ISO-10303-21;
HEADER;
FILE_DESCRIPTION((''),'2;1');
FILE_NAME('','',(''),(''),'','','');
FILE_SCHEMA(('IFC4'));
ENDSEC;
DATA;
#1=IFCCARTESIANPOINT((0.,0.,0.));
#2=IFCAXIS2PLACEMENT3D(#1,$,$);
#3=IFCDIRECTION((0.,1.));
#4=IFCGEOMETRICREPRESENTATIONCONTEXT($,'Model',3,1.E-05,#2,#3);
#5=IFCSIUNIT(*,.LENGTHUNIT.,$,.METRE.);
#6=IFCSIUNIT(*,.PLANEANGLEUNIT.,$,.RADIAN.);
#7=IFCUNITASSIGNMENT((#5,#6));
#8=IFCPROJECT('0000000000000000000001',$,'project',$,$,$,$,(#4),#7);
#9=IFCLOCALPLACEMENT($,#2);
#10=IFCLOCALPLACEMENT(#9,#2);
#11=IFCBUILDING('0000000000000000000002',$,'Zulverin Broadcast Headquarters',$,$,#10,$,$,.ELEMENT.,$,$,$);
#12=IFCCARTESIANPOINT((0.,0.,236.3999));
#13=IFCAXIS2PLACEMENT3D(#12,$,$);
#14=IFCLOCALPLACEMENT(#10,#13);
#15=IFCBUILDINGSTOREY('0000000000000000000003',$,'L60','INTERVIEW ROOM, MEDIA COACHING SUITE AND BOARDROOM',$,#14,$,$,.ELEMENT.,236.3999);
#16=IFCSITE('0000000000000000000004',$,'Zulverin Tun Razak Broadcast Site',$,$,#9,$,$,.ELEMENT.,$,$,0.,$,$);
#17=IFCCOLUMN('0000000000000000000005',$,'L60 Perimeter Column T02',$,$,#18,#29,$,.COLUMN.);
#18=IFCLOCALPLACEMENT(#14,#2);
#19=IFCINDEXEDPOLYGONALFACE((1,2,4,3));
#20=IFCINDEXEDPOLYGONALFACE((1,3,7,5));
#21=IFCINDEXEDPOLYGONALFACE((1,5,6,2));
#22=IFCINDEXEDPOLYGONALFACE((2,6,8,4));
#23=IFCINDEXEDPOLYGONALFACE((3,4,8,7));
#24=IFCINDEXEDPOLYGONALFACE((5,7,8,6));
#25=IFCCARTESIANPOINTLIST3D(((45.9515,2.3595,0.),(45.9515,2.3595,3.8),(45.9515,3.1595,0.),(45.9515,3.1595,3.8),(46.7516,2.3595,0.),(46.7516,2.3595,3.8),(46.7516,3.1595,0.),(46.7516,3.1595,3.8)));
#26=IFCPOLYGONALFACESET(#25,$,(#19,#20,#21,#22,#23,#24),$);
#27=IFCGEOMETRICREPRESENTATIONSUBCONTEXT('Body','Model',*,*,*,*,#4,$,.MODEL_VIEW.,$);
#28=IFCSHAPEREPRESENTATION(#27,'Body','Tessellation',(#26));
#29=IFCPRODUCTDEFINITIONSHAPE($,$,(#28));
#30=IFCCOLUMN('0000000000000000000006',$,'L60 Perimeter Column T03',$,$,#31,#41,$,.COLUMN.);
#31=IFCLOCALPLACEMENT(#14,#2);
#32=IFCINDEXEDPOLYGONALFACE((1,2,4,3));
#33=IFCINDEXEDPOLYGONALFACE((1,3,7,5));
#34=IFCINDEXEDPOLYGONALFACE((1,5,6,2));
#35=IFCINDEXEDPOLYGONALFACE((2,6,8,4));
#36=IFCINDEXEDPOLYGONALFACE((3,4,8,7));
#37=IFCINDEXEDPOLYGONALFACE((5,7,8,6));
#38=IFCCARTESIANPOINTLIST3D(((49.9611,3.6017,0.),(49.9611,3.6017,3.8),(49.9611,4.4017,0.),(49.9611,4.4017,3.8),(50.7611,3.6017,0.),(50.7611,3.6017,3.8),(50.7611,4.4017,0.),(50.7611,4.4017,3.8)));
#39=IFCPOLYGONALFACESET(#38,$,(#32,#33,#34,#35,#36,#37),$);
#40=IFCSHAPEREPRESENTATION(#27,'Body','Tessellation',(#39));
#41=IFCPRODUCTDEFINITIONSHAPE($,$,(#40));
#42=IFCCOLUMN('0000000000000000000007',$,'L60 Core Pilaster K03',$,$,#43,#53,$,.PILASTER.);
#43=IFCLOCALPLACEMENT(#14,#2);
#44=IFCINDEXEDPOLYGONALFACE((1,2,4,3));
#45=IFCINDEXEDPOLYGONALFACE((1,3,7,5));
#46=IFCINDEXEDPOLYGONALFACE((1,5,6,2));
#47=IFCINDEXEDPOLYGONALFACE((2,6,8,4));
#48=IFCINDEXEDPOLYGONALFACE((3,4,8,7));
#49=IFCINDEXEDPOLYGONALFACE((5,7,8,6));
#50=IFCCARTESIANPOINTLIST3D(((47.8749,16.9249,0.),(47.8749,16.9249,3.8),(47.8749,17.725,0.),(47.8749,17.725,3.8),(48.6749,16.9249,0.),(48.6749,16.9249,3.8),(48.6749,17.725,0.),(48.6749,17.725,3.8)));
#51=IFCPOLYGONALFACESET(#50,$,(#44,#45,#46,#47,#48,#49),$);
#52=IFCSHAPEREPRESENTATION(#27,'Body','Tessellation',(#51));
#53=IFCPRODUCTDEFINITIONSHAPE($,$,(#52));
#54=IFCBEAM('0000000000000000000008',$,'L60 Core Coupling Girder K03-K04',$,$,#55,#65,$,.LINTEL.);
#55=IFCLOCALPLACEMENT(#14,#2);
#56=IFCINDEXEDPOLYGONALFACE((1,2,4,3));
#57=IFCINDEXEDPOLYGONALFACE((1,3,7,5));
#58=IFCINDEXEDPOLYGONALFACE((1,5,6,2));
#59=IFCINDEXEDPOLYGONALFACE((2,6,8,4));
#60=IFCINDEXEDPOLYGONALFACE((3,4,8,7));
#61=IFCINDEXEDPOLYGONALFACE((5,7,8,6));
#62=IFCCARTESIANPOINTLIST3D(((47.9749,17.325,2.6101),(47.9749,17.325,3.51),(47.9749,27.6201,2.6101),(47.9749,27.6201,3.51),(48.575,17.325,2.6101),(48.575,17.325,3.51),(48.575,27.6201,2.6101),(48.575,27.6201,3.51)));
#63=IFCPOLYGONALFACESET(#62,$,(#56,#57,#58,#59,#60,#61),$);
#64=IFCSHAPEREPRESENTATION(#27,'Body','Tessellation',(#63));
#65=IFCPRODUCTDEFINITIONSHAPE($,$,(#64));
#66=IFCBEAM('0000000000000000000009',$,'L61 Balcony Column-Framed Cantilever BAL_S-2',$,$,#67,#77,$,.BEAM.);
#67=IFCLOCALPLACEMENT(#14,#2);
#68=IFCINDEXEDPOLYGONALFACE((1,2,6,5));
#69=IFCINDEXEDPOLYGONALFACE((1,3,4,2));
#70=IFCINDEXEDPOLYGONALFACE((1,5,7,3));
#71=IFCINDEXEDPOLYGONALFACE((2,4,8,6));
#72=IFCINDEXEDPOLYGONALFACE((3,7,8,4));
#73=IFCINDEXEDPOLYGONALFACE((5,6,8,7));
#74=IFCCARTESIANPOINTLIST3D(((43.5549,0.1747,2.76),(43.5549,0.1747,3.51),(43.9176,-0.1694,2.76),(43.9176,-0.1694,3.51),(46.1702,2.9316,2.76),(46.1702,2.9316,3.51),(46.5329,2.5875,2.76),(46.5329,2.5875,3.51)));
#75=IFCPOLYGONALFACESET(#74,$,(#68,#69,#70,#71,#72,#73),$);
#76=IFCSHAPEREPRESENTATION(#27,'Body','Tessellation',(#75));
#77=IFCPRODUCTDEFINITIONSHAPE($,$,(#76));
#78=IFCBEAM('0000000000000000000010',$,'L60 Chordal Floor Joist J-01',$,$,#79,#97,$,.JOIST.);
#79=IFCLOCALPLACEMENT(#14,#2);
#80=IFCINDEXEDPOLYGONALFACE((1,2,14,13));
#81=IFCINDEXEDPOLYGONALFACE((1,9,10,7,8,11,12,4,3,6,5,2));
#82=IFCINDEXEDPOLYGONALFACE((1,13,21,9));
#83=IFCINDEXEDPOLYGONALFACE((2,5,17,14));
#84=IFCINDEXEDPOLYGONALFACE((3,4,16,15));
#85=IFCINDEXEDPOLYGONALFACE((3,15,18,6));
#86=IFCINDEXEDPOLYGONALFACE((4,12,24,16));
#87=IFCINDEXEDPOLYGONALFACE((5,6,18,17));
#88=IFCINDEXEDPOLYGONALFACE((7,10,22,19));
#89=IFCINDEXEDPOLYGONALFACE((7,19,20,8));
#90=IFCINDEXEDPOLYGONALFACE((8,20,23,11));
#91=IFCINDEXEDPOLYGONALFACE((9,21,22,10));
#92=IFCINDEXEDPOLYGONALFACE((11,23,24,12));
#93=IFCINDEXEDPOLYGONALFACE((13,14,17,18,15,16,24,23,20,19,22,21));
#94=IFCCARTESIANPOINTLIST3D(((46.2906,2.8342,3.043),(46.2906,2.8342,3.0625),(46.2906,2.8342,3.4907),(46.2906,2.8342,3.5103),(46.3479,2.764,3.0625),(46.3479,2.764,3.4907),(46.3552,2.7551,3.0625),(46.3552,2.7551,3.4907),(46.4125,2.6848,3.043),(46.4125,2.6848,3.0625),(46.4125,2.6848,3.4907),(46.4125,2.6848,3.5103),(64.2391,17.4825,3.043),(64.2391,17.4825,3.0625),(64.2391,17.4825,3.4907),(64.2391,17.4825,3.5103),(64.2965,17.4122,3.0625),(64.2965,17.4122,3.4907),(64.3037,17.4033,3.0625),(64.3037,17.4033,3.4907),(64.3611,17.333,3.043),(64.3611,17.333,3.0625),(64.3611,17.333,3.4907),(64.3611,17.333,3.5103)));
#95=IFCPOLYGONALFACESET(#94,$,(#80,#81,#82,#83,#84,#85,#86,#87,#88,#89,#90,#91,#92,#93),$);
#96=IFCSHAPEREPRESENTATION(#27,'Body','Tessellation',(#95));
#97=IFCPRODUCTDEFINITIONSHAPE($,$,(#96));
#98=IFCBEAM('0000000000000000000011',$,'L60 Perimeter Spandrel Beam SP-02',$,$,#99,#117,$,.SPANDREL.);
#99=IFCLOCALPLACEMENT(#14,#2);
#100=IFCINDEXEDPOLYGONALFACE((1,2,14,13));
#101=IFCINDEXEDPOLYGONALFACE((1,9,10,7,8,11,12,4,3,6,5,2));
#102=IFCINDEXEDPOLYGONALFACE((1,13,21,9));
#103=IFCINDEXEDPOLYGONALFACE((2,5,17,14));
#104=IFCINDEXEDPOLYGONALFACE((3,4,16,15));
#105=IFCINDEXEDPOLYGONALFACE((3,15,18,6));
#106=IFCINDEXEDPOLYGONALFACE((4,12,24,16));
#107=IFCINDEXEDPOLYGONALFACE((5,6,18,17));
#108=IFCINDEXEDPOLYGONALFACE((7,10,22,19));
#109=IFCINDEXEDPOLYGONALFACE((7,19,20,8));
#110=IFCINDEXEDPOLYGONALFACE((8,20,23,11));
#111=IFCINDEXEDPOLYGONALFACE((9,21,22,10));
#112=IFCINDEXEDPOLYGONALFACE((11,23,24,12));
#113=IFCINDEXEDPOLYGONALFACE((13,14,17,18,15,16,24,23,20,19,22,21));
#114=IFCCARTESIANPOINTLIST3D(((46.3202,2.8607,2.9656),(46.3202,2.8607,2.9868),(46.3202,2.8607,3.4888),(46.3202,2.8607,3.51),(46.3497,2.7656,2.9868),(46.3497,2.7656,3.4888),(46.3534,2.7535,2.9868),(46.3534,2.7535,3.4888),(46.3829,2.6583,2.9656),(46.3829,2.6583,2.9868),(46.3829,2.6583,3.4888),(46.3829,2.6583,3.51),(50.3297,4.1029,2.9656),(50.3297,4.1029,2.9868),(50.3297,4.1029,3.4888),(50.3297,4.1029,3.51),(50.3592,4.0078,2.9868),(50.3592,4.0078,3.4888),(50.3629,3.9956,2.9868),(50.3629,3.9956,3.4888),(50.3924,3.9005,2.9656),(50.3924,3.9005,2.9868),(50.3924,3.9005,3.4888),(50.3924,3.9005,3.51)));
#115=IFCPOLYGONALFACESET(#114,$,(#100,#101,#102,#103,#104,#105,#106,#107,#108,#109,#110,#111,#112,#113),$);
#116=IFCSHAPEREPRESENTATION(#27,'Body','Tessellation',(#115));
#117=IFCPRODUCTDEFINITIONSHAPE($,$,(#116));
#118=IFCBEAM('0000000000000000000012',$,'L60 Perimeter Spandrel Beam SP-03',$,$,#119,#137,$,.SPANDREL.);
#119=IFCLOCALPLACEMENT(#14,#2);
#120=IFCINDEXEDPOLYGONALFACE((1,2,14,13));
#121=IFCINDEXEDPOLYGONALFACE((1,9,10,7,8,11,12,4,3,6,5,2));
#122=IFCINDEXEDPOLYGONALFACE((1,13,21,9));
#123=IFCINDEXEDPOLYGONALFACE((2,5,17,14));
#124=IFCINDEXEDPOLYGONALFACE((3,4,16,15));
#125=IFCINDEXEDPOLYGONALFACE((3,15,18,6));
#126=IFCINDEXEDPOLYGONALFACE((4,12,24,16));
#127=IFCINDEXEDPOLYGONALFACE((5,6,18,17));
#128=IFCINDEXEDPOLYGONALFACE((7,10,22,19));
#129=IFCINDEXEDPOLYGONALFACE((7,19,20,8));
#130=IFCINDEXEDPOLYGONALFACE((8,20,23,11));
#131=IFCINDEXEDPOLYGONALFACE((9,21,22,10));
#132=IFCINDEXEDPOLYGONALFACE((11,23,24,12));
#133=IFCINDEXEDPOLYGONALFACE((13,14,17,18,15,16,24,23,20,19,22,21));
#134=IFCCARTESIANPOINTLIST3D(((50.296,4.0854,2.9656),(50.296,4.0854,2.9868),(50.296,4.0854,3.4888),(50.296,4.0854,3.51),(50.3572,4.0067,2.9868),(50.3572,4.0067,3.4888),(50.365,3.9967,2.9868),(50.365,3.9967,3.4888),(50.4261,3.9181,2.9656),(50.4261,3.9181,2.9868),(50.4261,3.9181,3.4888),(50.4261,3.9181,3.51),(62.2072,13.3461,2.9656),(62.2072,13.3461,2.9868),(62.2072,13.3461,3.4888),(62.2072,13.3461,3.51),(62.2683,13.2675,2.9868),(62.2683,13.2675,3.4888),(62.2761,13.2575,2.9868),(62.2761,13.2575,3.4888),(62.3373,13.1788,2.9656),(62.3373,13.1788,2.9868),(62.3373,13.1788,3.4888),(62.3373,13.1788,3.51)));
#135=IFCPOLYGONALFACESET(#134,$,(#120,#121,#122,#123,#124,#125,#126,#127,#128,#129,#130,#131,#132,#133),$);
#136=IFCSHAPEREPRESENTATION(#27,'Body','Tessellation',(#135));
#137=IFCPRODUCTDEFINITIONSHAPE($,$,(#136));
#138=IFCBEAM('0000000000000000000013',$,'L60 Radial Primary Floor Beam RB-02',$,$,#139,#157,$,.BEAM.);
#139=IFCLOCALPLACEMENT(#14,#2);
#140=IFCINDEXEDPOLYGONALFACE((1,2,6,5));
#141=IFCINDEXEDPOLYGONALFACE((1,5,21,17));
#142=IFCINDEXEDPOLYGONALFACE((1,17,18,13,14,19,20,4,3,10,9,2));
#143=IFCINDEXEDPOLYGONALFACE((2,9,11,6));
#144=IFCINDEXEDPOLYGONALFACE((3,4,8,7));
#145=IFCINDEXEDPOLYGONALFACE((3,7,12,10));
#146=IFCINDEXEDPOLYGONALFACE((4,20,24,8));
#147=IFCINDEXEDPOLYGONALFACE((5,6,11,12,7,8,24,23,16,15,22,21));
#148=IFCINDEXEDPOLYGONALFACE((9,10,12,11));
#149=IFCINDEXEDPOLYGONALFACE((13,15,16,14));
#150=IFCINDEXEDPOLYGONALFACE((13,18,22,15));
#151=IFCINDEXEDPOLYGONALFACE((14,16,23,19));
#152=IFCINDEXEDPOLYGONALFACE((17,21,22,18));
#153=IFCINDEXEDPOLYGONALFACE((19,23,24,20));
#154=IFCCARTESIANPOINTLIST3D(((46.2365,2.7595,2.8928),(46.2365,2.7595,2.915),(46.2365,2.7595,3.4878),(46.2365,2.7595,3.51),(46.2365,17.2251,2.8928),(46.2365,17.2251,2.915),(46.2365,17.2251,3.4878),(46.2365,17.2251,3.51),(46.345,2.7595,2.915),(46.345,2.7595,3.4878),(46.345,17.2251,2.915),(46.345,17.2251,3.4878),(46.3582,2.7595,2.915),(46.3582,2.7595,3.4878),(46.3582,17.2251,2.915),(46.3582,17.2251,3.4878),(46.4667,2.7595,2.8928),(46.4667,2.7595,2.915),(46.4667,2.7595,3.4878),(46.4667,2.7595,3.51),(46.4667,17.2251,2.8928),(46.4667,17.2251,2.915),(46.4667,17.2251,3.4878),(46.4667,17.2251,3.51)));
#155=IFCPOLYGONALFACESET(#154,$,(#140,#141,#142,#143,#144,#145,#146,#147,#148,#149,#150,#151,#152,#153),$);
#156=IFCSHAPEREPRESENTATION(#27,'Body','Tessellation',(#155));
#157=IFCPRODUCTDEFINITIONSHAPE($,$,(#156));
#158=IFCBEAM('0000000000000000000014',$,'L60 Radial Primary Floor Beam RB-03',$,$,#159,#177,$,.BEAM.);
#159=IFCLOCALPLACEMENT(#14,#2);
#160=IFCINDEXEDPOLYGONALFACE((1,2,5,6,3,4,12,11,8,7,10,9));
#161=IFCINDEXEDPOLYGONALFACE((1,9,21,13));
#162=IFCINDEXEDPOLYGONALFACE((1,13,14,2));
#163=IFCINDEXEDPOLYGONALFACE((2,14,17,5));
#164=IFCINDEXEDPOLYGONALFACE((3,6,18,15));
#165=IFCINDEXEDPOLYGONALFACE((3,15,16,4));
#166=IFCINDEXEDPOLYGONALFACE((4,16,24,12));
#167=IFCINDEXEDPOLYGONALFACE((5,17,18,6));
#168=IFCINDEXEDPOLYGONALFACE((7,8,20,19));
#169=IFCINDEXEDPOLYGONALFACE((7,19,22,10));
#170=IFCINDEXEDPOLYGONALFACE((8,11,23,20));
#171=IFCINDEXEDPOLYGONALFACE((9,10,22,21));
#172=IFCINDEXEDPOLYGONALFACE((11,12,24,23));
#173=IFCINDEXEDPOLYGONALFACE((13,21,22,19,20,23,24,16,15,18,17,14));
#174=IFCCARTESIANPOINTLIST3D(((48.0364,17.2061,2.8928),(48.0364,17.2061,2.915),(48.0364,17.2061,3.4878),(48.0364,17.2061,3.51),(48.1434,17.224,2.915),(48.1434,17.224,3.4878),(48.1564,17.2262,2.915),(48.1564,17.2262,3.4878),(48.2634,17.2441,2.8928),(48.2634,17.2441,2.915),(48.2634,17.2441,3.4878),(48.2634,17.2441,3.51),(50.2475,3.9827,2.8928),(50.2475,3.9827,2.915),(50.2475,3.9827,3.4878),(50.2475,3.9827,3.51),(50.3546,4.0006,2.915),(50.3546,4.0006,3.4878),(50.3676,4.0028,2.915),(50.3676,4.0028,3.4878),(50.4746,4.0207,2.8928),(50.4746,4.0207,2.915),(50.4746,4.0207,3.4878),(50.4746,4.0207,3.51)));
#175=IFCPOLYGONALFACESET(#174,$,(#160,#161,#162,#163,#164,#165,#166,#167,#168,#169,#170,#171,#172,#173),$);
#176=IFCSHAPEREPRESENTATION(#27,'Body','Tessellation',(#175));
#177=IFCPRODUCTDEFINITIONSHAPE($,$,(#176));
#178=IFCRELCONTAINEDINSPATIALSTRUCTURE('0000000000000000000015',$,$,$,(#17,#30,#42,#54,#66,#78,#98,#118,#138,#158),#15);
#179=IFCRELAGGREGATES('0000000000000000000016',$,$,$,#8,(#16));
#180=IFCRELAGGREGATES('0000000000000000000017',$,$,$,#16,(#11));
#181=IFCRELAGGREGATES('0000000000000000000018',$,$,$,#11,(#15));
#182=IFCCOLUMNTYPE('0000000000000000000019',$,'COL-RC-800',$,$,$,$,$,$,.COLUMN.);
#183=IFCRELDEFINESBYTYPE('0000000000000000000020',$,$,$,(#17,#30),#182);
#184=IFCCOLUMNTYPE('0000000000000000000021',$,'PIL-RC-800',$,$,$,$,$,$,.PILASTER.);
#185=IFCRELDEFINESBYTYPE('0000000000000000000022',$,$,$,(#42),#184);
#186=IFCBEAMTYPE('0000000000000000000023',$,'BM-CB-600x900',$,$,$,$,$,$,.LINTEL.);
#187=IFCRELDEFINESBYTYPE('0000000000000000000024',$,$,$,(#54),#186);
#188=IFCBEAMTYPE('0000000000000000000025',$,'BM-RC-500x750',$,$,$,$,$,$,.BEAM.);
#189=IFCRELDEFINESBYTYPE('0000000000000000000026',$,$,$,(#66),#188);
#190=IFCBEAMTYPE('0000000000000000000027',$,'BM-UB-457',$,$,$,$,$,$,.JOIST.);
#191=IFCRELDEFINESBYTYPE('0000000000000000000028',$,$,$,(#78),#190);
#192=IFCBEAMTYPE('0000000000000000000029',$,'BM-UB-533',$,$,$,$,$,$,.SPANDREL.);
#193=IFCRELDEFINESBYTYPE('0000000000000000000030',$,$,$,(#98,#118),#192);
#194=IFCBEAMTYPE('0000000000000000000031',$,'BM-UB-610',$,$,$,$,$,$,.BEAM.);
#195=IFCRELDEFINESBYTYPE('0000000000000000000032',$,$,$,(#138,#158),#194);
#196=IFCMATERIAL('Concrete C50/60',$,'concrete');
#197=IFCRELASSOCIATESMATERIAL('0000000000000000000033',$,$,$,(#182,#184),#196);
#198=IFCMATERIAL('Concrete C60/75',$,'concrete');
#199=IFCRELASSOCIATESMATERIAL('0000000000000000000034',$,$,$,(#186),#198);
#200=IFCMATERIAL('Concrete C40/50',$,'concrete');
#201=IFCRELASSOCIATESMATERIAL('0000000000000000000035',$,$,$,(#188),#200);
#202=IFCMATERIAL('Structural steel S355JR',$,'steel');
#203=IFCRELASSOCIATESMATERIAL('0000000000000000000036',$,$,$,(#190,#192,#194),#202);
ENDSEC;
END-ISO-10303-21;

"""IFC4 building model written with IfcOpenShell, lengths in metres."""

from ifc_helpers import new_model, si_unit, direction, frame, origin, origin_2d, place, context, subcontext, project, spatial, rectangle, i_section, extrude, material, material_profile, profile_set, type_object, element, save


model = new_model("IFC4")

# Units and contexts
model_context = context("Model", 3, precision=1e-05, world=origin(), true_north=direction((0.0, 1.0)))
body_context = subcontext(model_context, "Body", "Model", "MODEL_VIEW")
ifc_project = project(units=[si_unit("LENGTHUNIT", "METRE"), si_unit("PLANEANGLEUNIT", "RADIAN")], contexts=[model_context])

# Site, building, storey
site_placement = place(None, origin())
site = spatial("IfcSite", under=ifc_project, at=site_placement, Name="Zulverin Tun Razak Broadcast Site", CompositionType="ELEMENT", RefElevation=0.0)
building_placement = place(site_placement, origin())
building = spatial("IfcBuilding", under=site, at=building_placement, Name="Zulverin Broadcast Headquarters", CompositionType="ELEMENT")
storey_placement = place(building_placement, frame((0.0, 0.0, 236.3999)))
storey = spatial("IfcBuildingStorey", under=building, at=storey_placement, Name="L60", Description="INTERVIEW ROOM, MEDIA COACHING SUITE AND BOARDROOM", CompositionType="ELEMENT", Elevation=236.3999)

# Columns
ifc_material_1 = material(Name="Concrete C50/60", Category="concrete")
ifc_material_profile_1 = material_profile(ifc_material_1, rectangle(XDim=0.8, YDim=0.8, at=origin_2d()), Name="Concrete C50/60", Category="concrete")
ifc_profile_set_1 = profile_set([ifc_material_profile_1], Name="Concrete C50/60")
column_type_1 = type_object("IfcColumnType", Name="COL-RC-800", PredefinedType="COLUMN", material=ifc_profile_set_1)
for number, where, z_axis, x_axis, name in (
    (1, (46.3516, 2.7595, 0.0), (0.0, 0.0, 1.0), (1.0, 0.0, 0.0), "L60 Perimeter Column T02"),
    (2, (50.3611, 4.0017, 0.0), (0.0, 0.0, 1.0), (1.0, 0.0, 0.0), "L60 Perimeter Column T03"),
):
    element("IfcColumn", number, at=place(storey_placement, frame(where, z_axis=z_axis, x_axis=x_axis)), inside=storey, type_object=column_type_1, Name=name, PredefinedType="COLUMN", context=body_context, shape_type="SweptSolid", body=[
        extrude(rectangle(XDim=0.8, YDim=0.8, at=origin_2d()), origin(), (0.0, 0.0, 1.0), 3.8),
    ])
ifc_material_profile_2 = material_profile(ifc_material_1, rectangle(XDim=0.8, YDim=0.8, at=origin_2d()), Name="Concrete C50/60", Category="concrete")
ifc_profile_set_2 = profile_set([ifc_material_profile_2], Name="Concrete C50/60")
column_type_2 = type_object("IfcColumnType", Name="PIL-RC-800", PredefinedType="PILASTER", material=ifc_profile_set_2)
column_placement = place(storey_placement, frame((48.2749, 17.325, 0.0), z_axis=(0.0, 0.0, 1.0), x_axis=(1.0, 0.0, 0.0)))
element("IfcColumn", 3, at=column_placement, inside=storey, type_object=column_type_2, Name="L60 Core Pilaster K03", PredefinedType="PILASTER", context=body_context, shape_type="SweptSolid", body=[
    extrude(rectangle(XDim=0.8, YDim=0.8, at=origin_2d()), origin(), (0.0, 0.0, 1.0), 3.8),
])

# Beams
ifc_material_2 = material(Name="Concrete C60/75", Category="concrete")
ifc_material_profile_3 = material_profile(ifc_material_2, rectangle(XDim=0.6001, YDim=0.8999, at=origin_2d()), Name="Concrete C60/75", Category="concrete")
ifc_profile_set_3 = profile_set([ifc_material_profile_3], Name="Concrete C60/75")
beam_type_1 = type_object("IfcBeamType", Name="BM-CB-600x900", PredefinedType="LINTEL", material=ifc_profile_set_3)
beam_1_placement = place(storey_placement, frame((48.2749, 17.325, 3.0601), z_axis=(0.0, 1.0, 0.0), x_axis=(-1.0, 0.0, 0.0)))
element("IfcBeam", 4, at=beam_1_placement, inside=storey, type_object=beam_type_1, Name="L60 Core Coupling Girder K03-K04", PredefinedType="LINTEL", context=body_context, shape_type="SweptSolid", body=[
    extrude(rectangle(XDim=0.6001, YDim=0.8999, at=origin_2d()), origin(), (0.0, 0.0, 1.0), 10.2952),
])
ifc_material_3 = material(Name="Concrete C40/50", Category="concrete")
ifc_material_profile_4 = material_profile(ifc_material_3, rectangle(XDim=0.5, YDim=0.75, at=origin_2d()), Name="Concrete C40/50", Category="concrete")
ifc_profile_set_4 = profile_set([ifc_material_profile_4], Name="Concrete C40/50")
beam_type_2 = type_object("IfcBeamType", Name="BM-RC-500x750", PredefinedType="BEAM", material=ifc_profile_set_4)
beam_2_placement = place(storey_placement, frame((46.3516, 2.7595, 3.135), z_axis=(-0.688229, -0.725493, 0.0), x_axis=(0.725493, -0.688229, 0.0)))
element("IfcBeam", 5, at=beam_2_placement, inside=storey, type_object=beam_type_2, Name="L61 Balcony Column-Framed Cantilever BAL_S-2", PredefinedType="BEAM", context=body_context, shape_type="SweptSolid", body=[
    extrude(rectangle(XDim=0.5, YDim=0.75, at=origin_2d()), origin(), (0.0, 0.0, 1.0), 3.8),
])
ifc_material_4 = material(Name="Structural steel S355JR", Category="steel")
ifc_material_profile_5 = material_profile(ifc_material_4, i_section(OverallWidth=0.1929, OverallDepth=0.4673, WebThickness=0.0115, FlangeThickness=0.0195, at=origin_2d()), Name="Structural steel S355JR", Category="steel")
ifc_profile_set_5 = profile_set([ifc_material_profile_5], Name="Structural steel S355JR")
beam_type_3 = type_object("IfcBeamType", Name="BM-UB-457", PredefinedType="JOIST", material=ifc_profile_set_5)
beam_3_placement = place(storey_placement, frame((46.3516, 2.7595, 3.2766), z_axis=(0.774738, 0.632282, 0.0), x_axis=(-0.632282, 0.774738, 0.0)))
element("IfcBeam", 6, at=beam_3_placement, inside=storey, type_object=beam_type_3, Name="L60 Chordal Floor Joist J-01", PredefinedType="JOIST", context=body_context, shape_type="SweptSolid", body=[
    extrude(i_section(OverallWidth=0.1929, OverallDepth=0.4673, WebThickness=0.0115, FlangeThickness=0.0195, at=origin_2d()), origin(), (0.0, 0.0, 1.0), 23.1672),
])
ifc_material_profile_6 = material_profile(ifc_material_4, i_section(OverallWidth=0.2119, OverallDepth=0.5444, WebThickness=0.0127, FlangeThickness=0.0212, at=origin_2d()), Name="Structural steel S355JR", Category="steel")
ifc_profile_set_6 = profile_set([ifc_material_profile_6], Name="Structural steel S355JR")
beam_type_4 = type_object("IfcBeamType", Name="BM-UB-533", PredefinedType="SPANDREL", material=ifc_profile_set_6)
beam_4_placement = place(storey_placement, frame((46.3516, 2.7595, 3.2378), z_axis=(0.955209, 0.295933, 0.0), x_axis=(-0.295933, 0.955209, 0.0)))
element("IfcBeam", 7, at=beam_4_placement, inside=storey, type_object=beam_type_4, Name="L60 Perimeter Spandrel Beam SP-02", PredefinedType="SPANDREL", context=body_context, shape_type="SweptSolid", body=[
    extrude(i_section(OverallWidth=0.2119, OverallDepth=0.5444, WebThickness=0.0127, FlangeThickness=0.0212, at=origin_2d()), origin(), (0.0, 0.0, 1.0), 4.1975),
])
beam_5_placement = place(storey_placement, frame((50.3611, 4.0017, 3.2378), z_axis=(0.789464, 0.613797, 0.0), x_axis=(-0.613797, 0.789464, 0.0)))
element("IfcBeam", 8, at=beam_5_placement, inside=storey, type_object=beam_type_4, Name="L60 Perimeter Spandrel Beam SP-03", PredefinedType="SPANDREL", context=body_context, shape_type="SweptSolid", body=[
    extrude(i_section(OverallWidth=0.2119, OverallDepth=0.5444, WebThickness=0.0127, FlangeThickness=0.0212, at=origin_2d()), origin(), (0.0, 0.0, 1.0), 15.0876),
])
ifc_material_profile_7 = material_profile(ifc_material_4, i_section(OverallWidth=0.2302, OverallDepth=0.6172, WebThickness=0.0132, FlangeThickness=0.0222, at=origin_2d()), Name="Structural steel S355JR", Category="steel")
ifc_profile_set_7 = profile_set([ifc_material_profile_7], Name="Structural steel S355JR")
beam_type_5 = type_object("IfcBeamType", Name="BM-UB-610", PredefinedType="BEAM", material=ifc_profile_set_7)
beam_6_placement = place(storey_placement, frame((46.3516, 17.2251, 3.2014), z_axis=(0.0, -1.0, 0.0), x_axis=(1.0, 0.0, 0.0)))
element("IfcBeam", 9, at=beam_6_placement, inside=storey, type_object=beam_type_5, Name="L60 Radial Primary Floor Beam RB-02", PredefinedType="BEAM", context=body_context, shape_type="SweptSolid", body=[
    extrude(i_section(OverallWidth=0.2302, OverallDepth=0.6172, WebThickness=0.0132, FlangeThickness=0.0222, at=origin_2d()), origin(), (0.0, 0.0, 1.0), 14.4656),
])
beam_7_placement = place(storey_placement, frame((48.1499, 17.2251, 3.2014), z_axis=(0.164928, -0.986306, 0.0), x_axis=(0.986306, 0.164928, 0.0)))
element("IfcBeam", 10, at=beam_7_placement, inside=storey, type_object=beam_type_5, Name="L60 Radial Primary Floor Beam RB-03", PredefinedType="BEAM", context=body_context, shape_type="SweptSolid", body=[
    extrude(i_section(OverallWidth=0.2302, OverallDepth=0.6172, WebThickness=0.0132, FlangeThickness=0.0222, at=origin_2d()), origin(), (0.0, 0.0, 1.0), 13.407),
])

save(model, "model.ifc")
